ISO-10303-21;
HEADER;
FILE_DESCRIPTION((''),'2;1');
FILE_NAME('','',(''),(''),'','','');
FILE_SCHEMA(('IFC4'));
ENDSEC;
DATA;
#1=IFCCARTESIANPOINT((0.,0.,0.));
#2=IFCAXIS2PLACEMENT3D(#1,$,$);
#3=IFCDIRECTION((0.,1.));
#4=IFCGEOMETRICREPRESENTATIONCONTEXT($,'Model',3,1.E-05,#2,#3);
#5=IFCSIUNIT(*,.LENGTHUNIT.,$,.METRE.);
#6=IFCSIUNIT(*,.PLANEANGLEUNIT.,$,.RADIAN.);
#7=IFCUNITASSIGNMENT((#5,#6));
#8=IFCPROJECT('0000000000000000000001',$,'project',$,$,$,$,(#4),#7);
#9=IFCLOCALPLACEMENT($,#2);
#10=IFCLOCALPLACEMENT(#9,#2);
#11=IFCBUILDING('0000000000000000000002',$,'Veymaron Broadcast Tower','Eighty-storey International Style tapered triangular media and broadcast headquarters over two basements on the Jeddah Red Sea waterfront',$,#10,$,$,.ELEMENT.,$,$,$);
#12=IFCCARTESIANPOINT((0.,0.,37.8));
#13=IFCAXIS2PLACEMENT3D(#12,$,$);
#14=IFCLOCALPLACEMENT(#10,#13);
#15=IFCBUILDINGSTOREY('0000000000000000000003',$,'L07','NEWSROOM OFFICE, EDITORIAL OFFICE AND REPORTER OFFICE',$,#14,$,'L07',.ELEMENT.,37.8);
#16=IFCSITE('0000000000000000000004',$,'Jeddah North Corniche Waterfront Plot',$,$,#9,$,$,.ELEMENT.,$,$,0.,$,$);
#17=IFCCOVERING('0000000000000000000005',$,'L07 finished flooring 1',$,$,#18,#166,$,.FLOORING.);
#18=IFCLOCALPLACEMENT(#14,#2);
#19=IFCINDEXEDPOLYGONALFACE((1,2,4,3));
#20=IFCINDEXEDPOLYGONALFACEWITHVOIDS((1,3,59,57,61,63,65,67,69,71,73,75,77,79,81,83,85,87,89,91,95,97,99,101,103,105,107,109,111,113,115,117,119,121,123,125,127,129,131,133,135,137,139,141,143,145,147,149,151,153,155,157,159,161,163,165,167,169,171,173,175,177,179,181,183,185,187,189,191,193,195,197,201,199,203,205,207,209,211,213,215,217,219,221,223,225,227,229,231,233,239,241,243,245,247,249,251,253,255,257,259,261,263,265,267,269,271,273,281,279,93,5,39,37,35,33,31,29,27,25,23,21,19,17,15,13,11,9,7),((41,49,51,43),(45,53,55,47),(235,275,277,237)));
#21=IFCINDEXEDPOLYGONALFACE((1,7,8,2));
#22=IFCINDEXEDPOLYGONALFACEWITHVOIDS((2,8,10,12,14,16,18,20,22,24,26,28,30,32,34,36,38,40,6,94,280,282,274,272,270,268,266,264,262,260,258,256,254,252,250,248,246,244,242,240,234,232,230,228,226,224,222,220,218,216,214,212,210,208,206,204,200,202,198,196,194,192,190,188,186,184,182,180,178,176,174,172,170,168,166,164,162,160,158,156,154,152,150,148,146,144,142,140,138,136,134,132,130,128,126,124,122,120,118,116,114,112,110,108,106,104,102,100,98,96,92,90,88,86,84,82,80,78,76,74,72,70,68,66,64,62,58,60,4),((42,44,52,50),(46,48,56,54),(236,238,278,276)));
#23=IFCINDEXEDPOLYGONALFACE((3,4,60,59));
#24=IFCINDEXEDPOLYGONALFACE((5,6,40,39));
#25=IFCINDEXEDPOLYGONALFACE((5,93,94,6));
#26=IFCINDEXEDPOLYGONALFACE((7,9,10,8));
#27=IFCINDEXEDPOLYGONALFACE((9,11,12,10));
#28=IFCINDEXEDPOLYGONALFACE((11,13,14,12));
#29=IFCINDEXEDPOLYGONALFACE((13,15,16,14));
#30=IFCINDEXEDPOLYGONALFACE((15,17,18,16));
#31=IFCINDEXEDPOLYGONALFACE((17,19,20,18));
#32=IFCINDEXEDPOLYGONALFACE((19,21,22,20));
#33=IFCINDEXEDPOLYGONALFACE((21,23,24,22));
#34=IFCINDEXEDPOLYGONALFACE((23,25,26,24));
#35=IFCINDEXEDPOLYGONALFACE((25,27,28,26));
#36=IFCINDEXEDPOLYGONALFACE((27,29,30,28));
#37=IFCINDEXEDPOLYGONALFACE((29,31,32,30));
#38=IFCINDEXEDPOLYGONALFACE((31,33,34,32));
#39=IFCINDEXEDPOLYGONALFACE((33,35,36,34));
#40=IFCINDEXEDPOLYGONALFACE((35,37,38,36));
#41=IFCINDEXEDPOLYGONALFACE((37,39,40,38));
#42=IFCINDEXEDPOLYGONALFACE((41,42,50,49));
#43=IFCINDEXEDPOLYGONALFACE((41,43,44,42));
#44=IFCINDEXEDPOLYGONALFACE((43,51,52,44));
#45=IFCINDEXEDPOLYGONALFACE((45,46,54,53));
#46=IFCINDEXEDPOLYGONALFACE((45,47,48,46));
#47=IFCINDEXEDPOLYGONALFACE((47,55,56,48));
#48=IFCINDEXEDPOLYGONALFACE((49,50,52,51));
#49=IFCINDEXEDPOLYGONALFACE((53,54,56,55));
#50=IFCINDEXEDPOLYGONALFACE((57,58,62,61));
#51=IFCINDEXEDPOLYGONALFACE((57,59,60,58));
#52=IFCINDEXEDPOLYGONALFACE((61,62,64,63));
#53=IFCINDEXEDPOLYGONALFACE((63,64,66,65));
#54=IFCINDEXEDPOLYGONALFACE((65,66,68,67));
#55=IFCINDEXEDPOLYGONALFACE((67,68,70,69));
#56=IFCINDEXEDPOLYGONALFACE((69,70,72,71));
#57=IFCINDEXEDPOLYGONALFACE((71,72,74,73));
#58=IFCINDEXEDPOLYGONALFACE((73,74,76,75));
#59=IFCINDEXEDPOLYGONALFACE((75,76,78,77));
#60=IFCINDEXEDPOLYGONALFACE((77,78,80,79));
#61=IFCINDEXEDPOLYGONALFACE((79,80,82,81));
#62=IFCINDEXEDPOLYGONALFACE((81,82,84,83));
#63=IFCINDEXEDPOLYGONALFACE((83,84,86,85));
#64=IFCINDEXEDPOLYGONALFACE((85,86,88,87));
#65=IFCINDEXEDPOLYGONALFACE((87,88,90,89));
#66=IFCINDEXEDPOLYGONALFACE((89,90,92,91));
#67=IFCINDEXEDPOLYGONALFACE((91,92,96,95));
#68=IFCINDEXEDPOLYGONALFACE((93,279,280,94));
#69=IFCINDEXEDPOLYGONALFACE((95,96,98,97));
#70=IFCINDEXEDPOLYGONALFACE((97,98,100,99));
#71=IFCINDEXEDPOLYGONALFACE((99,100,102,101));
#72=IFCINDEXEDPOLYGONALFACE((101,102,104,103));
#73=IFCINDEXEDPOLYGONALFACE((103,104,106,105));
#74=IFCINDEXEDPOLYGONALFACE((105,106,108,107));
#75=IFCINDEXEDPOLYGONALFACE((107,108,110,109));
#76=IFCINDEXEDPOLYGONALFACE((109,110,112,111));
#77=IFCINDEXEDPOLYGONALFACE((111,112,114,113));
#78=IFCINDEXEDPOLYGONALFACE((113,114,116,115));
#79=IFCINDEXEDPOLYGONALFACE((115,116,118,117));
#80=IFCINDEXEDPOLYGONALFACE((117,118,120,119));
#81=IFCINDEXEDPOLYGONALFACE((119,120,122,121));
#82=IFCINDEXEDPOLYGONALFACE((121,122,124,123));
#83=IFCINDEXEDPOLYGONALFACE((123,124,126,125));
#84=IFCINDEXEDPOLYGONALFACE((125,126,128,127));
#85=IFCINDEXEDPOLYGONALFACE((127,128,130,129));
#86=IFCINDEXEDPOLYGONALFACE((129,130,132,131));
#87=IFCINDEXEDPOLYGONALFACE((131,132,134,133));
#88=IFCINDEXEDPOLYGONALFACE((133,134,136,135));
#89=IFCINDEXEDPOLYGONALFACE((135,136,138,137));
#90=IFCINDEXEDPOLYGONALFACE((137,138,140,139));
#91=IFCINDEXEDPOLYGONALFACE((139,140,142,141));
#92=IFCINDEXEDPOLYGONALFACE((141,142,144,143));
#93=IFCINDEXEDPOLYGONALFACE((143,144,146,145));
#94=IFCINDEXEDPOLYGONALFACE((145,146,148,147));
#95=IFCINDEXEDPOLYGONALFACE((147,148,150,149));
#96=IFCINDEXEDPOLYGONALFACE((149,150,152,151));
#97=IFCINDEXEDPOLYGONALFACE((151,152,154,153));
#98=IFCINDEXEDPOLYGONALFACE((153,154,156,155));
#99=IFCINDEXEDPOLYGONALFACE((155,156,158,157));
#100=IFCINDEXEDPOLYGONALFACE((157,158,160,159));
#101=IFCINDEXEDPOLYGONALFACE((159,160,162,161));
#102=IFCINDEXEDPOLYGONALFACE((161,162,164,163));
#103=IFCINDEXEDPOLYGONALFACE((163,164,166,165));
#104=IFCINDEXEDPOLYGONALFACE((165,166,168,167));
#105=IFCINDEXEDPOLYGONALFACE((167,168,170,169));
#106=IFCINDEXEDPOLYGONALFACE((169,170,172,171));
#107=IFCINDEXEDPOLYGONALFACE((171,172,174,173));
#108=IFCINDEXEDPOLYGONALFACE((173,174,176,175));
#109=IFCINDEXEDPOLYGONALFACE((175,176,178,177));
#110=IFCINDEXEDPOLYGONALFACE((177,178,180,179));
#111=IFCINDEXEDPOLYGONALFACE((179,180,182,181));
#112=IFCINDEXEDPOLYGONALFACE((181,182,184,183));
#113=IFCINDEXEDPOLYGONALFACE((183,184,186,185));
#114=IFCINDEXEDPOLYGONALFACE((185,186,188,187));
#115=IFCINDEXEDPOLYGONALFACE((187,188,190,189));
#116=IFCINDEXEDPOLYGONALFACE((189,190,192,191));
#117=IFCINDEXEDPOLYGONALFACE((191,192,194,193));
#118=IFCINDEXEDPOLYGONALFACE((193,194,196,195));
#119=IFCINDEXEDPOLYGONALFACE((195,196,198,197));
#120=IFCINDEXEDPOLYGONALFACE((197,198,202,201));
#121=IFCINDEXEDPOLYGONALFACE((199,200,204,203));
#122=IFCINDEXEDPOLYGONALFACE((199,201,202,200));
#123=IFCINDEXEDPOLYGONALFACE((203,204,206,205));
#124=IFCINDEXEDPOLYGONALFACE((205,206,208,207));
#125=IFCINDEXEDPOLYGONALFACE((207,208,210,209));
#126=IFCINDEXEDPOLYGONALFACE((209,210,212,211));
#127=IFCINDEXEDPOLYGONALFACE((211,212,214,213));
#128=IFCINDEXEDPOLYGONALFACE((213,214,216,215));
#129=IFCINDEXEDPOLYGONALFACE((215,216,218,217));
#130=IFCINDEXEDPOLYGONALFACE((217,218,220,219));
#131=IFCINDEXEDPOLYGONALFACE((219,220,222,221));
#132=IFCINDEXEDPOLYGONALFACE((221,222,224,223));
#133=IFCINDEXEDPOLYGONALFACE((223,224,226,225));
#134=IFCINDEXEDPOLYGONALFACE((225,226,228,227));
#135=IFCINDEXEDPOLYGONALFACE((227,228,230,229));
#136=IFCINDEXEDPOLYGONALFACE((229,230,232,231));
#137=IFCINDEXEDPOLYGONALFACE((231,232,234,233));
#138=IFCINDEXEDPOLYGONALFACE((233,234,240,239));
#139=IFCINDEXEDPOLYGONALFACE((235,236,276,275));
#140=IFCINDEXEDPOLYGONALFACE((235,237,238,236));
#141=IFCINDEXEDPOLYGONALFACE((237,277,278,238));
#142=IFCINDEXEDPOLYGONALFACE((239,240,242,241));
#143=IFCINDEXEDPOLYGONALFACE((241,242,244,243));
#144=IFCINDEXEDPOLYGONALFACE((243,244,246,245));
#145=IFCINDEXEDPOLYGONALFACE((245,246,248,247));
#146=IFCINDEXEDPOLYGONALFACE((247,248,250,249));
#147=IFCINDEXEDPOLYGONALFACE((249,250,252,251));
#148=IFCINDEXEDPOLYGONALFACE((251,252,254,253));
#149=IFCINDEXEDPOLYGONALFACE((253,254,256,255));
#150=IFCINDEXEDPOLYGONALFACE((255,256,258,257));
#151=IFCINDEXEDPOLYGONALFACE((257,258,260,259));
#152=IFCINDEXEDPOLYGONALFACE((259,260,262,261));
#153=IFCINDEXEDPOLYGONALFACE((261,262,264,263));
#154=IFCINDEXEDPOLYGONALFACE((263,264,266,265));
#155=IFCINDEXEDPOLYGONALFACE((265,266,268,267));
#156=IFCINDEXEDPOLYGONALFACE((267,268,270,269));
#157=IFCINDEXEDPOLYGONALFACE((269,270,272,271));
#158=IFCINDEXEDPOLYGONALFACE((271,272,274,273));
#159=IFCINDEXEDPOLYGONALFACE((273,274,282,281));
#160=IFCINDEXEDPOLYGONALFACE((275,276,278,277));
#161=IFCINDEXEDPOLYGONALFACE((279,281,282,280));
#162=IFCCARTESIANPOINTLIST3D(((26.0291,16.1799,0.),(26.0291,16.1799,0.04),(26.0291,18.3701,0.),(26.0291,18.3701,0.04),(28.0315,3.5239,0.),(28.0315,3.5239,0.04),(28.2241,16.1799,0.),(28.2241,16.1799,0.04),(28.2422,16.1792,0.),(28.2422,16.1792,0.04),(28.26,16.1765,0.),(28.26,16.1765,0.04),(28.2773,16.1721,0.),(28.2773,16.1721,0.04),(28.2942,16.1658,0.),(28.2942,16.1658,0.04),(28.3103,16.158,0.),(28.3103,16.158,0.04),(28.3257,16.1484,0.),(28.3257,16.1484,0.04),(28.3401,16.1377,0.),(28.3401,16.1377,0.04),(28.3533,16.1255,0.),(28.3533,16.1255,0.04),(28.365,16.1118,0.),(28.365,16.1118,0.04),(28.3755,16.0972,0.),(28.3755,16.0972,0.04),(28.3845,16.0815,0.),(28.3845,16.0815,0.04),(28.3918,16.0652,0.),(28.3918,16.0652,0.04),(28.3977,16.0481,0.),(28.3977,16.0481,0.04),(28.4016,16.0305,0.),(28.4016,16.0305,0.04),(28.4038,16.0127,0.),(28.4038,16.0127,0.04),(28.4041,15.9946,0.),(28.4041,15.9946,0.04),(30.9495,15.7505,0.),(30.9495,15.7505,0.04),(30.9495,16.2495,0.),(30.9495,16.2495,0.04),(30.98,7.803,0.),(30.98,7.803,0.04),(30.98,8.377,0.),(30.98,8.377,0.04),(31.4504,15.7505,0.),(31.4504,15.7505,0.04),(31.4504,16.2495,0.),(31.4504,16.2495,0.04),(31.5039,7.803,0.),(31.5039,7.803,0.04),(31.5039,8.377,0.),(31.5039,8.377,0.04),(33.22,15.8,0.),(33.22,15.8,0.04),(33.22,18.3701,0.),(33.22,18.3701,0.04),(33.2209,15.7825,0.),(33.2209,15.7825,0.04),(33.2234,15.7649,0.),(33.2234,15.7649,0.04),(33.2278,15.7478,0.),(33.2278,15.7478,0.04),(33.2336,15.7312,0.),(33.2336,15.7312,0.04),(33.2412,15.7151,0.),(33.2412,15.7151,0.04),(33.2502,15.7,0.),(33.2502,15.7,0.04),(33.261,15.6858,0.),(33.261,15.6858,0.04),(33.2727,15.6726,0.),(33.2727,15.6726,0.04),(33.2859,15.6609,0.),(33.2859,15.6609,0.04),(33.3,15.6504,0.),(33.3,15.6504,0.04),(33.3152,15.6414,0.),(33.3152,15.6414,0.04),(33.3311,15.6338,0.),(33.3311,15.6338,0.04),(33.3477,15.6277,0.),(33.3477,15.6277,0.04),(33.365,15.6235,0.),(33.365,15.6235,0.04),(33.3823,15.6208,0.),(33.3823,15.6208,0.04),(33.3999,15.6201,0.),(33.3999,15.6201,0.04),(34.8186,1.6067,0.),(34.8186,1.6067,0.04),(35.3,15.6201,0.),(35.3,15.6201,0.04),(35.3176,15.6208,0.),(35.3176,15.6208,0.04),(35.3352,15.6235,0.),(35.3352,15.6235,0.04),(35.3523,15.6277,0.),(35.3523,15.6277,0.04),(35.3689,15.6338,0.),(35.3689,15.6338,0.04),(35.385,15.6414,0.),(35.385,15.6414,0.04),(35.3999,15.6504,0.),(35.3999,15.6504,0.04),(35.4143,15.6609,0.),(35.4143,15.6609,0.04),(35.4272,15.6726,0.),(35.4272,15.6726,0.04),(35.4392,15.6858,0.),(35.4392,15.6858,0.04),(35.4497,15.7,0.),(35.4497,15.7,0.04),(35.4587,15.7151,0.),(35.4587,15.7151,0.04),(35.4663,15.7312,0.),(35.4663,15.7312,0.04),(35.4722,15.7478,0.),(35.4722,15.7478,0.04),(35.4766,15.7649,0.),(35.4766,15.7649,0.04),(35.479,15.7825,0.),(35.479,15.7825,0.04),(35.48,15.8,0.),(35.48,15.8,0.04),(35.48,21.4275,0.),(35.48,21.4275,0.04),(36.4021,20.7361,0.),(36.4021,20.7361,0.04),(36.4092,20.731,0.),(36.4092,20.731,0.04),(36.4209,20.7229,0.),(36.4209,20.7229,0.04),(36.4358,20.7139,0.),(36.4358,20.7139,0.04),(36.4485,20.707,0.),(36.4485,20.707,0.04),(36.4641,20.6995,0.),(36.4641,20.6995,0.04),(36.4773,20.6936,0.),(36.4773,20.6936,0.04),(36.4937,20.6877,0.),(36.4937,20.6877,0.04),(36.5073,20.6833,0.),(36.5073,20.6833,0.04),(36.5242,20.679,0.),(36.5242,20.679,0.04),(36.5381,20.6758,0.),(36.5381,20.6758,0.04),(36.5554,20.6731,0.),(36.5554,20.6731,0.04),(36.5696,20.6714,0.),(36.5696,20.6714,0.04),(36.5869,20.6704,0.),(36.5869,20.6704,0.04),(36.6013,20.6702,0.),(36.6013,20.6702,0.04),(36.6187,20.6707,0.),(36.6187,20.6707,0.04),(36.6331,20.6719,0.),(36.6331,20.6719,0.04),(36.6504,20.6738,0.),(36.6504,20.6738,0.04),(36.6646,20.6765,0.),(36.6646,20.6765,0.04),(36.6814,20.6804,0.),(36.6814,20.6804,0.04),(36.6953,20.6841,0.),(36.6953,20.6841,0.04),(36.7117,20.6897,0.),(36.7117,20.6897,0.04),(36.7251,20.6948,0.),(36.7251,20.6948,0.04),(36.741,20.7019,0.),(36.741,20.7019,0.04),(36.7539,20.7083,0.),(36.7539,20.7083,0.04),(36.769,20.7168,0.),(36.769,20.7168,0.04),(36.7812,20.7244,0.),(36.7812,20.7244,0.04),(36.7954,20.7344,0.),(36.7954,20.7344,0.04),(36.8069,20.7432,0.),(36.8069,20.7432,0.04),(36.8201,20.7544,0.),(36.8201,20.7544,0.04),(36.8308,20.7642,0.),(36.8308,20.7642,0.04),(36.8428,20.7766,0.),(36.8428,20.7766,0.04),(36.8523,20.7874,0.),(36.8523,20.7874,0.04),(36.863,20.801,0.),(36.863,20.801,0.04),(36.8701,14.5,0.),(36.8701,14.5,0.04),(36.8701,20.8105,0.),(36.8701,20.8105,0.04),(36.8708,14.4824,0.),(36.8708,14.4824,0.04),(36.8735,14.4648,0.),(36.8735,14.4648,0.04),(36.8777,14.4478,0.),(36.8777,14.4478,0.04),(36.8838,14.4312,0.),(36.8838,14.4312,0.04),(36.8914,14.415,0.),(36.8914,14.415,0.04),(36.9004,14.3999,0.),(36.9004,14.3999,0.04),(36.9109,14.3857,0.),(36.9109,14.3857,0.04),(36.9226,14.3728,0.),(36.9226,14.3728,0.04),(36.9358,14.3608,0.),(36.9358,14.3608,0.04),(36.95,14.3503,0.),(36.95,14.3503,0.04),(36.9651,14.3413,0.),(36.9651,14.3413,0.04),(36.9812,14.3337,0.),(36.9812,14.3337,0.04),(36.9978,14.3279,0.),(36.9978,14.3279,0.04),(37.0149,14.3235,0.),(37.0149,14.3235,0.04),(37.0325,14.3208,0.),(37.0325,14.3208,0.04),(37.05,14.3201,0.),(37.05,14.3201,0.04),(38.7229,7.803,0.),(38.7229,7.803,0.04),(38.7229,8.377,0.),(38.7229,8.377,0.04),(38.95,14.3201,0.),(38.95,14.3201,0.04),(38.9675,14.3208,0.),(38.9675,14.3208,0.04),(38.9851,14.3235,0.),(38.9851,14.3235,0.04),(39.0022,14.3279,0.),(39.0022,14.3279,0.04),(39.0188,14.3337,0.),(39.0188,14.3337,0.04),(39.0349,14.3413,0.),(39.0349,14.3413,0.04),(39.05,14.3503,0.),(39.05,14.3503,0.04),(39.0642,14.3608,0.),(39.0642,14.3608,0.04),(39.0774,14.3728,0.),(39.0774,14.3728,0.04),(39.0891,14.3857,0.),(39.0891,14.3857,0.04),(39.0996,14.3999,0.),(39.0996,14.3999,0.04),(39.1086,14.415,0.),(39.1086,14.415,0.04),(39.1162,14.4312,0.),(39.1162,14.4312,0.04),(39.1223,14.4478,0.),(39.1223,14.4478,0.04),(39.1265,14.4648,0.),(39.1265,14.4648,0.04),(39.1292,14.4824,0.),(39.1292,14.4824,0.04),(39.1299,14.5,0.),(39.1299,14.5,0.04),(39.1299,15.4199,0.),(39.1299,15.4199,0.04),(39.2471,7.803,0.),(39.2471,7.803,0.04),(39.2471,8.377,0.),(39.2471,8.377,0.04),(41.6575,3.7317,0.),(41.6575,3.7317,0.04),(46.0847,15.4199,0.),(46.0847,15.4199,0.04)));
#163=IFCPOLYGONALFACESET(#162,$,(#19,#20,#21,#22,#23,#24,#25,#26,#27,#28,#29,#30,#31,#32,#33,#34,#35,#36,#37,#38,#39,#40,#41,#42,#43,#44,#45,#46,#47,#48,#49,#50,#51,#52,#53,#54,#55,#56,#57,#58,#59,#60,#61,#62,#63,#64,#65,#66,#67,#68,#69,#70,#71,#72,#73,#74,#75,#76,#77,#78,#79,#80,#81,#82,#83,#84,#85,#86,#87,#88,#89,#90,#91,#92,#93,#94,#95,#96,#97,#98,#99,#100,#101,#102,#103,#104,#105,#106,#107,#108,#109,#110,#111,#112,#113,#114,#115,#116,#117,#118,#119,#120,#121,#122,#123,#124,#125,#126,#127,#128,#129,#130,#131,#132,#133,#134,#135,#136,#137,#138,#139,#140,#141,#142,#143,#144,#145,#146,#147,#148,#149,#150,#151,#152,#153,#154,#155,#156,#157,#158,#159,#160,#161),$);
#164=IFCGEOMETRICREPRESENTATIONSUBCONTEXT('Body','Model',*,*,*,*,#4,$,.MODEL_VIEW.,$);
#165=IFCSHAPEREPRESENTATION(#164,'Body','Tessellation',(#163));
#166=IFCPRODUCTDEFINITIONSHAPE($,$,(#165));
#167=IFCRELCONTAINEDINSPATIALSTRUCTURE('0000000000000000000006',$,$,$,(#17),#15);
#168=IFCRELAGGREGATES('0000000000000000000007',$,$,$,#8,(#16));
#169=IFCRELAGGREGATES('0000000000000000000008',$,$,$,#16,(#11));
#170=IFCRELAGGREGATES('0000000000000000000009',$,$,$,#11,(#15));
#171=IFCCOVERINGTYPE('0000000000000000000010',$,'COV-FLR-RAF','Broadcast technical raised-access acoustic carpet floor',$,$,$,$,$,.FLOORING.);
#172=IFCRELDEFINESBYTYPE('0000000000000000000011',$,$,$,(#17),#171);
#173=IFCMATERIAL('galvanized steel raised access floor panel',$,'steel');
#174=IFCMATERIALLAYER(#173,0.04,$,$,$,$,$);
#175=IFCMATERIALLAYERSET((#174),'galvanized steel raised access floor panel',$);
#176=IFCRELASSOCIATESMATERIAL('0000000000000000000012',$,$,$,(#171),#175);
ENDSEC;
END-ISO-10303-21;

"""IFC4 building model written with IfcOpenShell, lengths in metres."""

from ifc_helpers import new_model, si_unit, direction, frame, origin, place, context, subcontext, project, spatial, polyline, outline, extrude, material, layer, layer_set, type_object, element, save


model = new_model("IFC4")

# Units and contexts
model_context = context("Model", 3, precision=1e-05, world=origin(), true_north=direction((0.0, 1.0)))
body_context = subcontext(model_context, "Body", "Model", "MODEL_VIEW")
ifc_project = project(units=[si_unit("LENGTHUNIT", "METRE"), si_unit("PLANEANGLEUNIT", "RADIAN")], contexts=[model_context])

# Site, building, storey
site_placement = place(None, origin())
site = spatial("IfcSite", under=ifc_project, at=site_placement, Name="Jeddah North Corniche Waterfront Plot", CompositionType="ELEMENT", RefElevation=0.0)
building_placement = place(site_placement, origin())
building = spatial("IfcBuilding", under=site, at=building_placement, Name="Veymaron Broadcast Tower", Description="Eighty-storey International Style tapered triangular media and broadcast headquarters over two basements on the Jeddah Red Sea waterfront", CompositionType="ELEMENT")
storey_placement = place(building_placement, frame((0.0, 0.0, 37.8)))
storey = spatial("IfcBuildingStorey", under=building, at=storey_placement, Name="L07", Description="NEWSROOM OFFICE, EDITORIAL OFFICE AND REPORTER OFFICE", LongName="L07", CompositionType="ELEMENT", Elevation=37.8)

# Covering
ifc_material_1 = material(Name="galvanized steel raised access floor panel", Category="steel")
ifc_layer_1 = layer(ifc_material_1, 0.04)
ifc_layer_set_1 = layer_set([ifc_layer_1], Name="galvanized steel raised access floor panel")
covering_type_1 = type_object("IfcCoveringType", Name="COV-FLR-RAF", Description="Broadcast technical raised-access acoustic carpet floor", PredefinedType="FLOORING", material=ifc_layer_set_1)
covering_1_placement = place(storey_placement, origin())
element("IfcCovering", 1, at=covering_1_placement, inside=storey, type_object=covering_type_1, Name="L07 finished flooring 1", PredefinedType="FLOORING", context=body_context, shape_type="SweptSolid", body=[
    extrude(outline(polyline([(28.2773, 16.1721), (28.26, 16.1765), (28.2422, 16.1792), (28.2241, 16.1799), (26.0291, 16.1799), (26.0291, 18.3701), (33.22, 18.3701), (33.22, 15.8), (33.2209, 15.7825), (33.2234, 15.7649), (33.2278, 15.7478), (33.2336, 15.7312), (33.2412, 15.7151), (33.2502, 15.7), (33.261, 15.6858), (33.2727, 15.6726), (33.2859, 15.6609), (33.3, 15.6504), (33.3152, 15.6414), (33.3311, 15.6338), (33.3477, 15.6277), (33.365, 15.6235), (33.3823, 15.6208), (33.3999, 15.6201), (35.3, 15.6201), (35.3176, 15.6208), (35.3352, 15.6235), (35.3523, 15.6277), (35.3689, 15.6338), (35.385, 15.6414), (35.3999, 15.6504), (35.4143, 15.6609), (35.4272, 15.6726), (35.4392, 15.6858), (35.4497, 15.7), (35.4587, 15.7151), (35.4663, 15.7312), (35.4722, 15.7478), (35.4766, 15.7649), (35.479, 15.7825), (35.48, 15.8), (35.48, 21.4275), (36.4021, 20.7361), (36.4092, 20.731), (36.4209, 20.7229), (36.4358, 20.7139), (36.4485, 20.707), (36.4641, 20.6995), (36.4773, 20.6936), (36.4937, 20.6877), (36.5073, 20.6833), (36.5242, 20.679), (36.5381, 20.6758), (36.5554, 20.6731), (36.5696, 20.6714), (36.5869, 20.6704), (36.6013, 20.6702), (36.6187, 20.6707), (36.6331, 20.6719), (36.6504, 20.6738), (36.6646, 20.6765), (36.6814, 20.6804), (36.6953, 20.6841), (36.7117, 20.6897), (36.7251, 20.6948), (36.741, 20.7019), (36.7539, 20.7083), (36.769, 20.7168), (36.7812, 20.7244), (36.7954, 20.7344), (36.8069, 20.7432), (36.8201, 20.7544), (36.8308, 20.7642), (36.8428, 20.7766), (36.8523, 20.7874), (36.863, 20.801), (36.8701, 20.8105), (36.8701, 14.5), (36.8708, 14.4824), (36.8735, 14.4648), (36.8777, 14.4478), (36.8838, 14.4312), (36.8914, 14.415), (36.9004, 14.3999), (36.9109, 14.3857), (36.9226, 14.3728), (36.9358, 14.3608), (36.95, 14.3503), (36.9651, 14.3413), (36.9812, 14.3337), (36.9978, 14.3279), (37.0149, 14.3235), (37.0325, 14.3208), (37.05, 14.3201), (38.95, 14.3201), (38.9675, 14.3208), (38.9851, 14.3235), (39.0022, 14.3279), (39.0188, 14.3337), (39.0349, 14.3413), (39.05, 14.3503), (39.0642, 14.3608), (39.0774, 14.3728), (39.0891, 14.3857), (39.0996, 14.3999), (39.1086, 14.415), (39.1162, 14.4312), (39.1223, 14.4478), (39.1265, 14.4648), (39.1292, 14.4824), (39.1299, 14.5), (39.1299, 15.4199), (46.0847, 15.4199), (41.6575, 3.7317), (34.8186, 1.6067), (28.0315, 3.5239), (28.4041, 15.9946), (28.4038, 16.0127), (28.4016, 16.0305), (28.3977, 16.0481), (28.3918, 16.0652), (28.3845, 16.0815), (28.3755, 16.0972), (28.365, 16.1118), (28.3533, 16.1255), (28.3401, 16.1377), (28.3257, 16.1484), (28.3103, 16.158), (28.2942, 16.1658), (28.2773, 16.1721)]), holes=[polyline([(39.2471, 8.377), (38.7229, 8.377), (38.7229, 7.803), (39.2471, 7.803), (39.2471, 8.377)]), polyline([(30.98, 8.377), (30.98, 7.803), (31.5039, 7.803), (31.5039, 8.377), (30.98, 8.377)]), polyline([(30.9495, 16.2495), (30.9495, 15.7505), (31.4504, 15.7505), (31.4504, 16.2495), (30.9495, 16.2495)])]), origin(), (0.0, 0.0, 1.0), 0.04),
])

save(model, "model.ifc")
